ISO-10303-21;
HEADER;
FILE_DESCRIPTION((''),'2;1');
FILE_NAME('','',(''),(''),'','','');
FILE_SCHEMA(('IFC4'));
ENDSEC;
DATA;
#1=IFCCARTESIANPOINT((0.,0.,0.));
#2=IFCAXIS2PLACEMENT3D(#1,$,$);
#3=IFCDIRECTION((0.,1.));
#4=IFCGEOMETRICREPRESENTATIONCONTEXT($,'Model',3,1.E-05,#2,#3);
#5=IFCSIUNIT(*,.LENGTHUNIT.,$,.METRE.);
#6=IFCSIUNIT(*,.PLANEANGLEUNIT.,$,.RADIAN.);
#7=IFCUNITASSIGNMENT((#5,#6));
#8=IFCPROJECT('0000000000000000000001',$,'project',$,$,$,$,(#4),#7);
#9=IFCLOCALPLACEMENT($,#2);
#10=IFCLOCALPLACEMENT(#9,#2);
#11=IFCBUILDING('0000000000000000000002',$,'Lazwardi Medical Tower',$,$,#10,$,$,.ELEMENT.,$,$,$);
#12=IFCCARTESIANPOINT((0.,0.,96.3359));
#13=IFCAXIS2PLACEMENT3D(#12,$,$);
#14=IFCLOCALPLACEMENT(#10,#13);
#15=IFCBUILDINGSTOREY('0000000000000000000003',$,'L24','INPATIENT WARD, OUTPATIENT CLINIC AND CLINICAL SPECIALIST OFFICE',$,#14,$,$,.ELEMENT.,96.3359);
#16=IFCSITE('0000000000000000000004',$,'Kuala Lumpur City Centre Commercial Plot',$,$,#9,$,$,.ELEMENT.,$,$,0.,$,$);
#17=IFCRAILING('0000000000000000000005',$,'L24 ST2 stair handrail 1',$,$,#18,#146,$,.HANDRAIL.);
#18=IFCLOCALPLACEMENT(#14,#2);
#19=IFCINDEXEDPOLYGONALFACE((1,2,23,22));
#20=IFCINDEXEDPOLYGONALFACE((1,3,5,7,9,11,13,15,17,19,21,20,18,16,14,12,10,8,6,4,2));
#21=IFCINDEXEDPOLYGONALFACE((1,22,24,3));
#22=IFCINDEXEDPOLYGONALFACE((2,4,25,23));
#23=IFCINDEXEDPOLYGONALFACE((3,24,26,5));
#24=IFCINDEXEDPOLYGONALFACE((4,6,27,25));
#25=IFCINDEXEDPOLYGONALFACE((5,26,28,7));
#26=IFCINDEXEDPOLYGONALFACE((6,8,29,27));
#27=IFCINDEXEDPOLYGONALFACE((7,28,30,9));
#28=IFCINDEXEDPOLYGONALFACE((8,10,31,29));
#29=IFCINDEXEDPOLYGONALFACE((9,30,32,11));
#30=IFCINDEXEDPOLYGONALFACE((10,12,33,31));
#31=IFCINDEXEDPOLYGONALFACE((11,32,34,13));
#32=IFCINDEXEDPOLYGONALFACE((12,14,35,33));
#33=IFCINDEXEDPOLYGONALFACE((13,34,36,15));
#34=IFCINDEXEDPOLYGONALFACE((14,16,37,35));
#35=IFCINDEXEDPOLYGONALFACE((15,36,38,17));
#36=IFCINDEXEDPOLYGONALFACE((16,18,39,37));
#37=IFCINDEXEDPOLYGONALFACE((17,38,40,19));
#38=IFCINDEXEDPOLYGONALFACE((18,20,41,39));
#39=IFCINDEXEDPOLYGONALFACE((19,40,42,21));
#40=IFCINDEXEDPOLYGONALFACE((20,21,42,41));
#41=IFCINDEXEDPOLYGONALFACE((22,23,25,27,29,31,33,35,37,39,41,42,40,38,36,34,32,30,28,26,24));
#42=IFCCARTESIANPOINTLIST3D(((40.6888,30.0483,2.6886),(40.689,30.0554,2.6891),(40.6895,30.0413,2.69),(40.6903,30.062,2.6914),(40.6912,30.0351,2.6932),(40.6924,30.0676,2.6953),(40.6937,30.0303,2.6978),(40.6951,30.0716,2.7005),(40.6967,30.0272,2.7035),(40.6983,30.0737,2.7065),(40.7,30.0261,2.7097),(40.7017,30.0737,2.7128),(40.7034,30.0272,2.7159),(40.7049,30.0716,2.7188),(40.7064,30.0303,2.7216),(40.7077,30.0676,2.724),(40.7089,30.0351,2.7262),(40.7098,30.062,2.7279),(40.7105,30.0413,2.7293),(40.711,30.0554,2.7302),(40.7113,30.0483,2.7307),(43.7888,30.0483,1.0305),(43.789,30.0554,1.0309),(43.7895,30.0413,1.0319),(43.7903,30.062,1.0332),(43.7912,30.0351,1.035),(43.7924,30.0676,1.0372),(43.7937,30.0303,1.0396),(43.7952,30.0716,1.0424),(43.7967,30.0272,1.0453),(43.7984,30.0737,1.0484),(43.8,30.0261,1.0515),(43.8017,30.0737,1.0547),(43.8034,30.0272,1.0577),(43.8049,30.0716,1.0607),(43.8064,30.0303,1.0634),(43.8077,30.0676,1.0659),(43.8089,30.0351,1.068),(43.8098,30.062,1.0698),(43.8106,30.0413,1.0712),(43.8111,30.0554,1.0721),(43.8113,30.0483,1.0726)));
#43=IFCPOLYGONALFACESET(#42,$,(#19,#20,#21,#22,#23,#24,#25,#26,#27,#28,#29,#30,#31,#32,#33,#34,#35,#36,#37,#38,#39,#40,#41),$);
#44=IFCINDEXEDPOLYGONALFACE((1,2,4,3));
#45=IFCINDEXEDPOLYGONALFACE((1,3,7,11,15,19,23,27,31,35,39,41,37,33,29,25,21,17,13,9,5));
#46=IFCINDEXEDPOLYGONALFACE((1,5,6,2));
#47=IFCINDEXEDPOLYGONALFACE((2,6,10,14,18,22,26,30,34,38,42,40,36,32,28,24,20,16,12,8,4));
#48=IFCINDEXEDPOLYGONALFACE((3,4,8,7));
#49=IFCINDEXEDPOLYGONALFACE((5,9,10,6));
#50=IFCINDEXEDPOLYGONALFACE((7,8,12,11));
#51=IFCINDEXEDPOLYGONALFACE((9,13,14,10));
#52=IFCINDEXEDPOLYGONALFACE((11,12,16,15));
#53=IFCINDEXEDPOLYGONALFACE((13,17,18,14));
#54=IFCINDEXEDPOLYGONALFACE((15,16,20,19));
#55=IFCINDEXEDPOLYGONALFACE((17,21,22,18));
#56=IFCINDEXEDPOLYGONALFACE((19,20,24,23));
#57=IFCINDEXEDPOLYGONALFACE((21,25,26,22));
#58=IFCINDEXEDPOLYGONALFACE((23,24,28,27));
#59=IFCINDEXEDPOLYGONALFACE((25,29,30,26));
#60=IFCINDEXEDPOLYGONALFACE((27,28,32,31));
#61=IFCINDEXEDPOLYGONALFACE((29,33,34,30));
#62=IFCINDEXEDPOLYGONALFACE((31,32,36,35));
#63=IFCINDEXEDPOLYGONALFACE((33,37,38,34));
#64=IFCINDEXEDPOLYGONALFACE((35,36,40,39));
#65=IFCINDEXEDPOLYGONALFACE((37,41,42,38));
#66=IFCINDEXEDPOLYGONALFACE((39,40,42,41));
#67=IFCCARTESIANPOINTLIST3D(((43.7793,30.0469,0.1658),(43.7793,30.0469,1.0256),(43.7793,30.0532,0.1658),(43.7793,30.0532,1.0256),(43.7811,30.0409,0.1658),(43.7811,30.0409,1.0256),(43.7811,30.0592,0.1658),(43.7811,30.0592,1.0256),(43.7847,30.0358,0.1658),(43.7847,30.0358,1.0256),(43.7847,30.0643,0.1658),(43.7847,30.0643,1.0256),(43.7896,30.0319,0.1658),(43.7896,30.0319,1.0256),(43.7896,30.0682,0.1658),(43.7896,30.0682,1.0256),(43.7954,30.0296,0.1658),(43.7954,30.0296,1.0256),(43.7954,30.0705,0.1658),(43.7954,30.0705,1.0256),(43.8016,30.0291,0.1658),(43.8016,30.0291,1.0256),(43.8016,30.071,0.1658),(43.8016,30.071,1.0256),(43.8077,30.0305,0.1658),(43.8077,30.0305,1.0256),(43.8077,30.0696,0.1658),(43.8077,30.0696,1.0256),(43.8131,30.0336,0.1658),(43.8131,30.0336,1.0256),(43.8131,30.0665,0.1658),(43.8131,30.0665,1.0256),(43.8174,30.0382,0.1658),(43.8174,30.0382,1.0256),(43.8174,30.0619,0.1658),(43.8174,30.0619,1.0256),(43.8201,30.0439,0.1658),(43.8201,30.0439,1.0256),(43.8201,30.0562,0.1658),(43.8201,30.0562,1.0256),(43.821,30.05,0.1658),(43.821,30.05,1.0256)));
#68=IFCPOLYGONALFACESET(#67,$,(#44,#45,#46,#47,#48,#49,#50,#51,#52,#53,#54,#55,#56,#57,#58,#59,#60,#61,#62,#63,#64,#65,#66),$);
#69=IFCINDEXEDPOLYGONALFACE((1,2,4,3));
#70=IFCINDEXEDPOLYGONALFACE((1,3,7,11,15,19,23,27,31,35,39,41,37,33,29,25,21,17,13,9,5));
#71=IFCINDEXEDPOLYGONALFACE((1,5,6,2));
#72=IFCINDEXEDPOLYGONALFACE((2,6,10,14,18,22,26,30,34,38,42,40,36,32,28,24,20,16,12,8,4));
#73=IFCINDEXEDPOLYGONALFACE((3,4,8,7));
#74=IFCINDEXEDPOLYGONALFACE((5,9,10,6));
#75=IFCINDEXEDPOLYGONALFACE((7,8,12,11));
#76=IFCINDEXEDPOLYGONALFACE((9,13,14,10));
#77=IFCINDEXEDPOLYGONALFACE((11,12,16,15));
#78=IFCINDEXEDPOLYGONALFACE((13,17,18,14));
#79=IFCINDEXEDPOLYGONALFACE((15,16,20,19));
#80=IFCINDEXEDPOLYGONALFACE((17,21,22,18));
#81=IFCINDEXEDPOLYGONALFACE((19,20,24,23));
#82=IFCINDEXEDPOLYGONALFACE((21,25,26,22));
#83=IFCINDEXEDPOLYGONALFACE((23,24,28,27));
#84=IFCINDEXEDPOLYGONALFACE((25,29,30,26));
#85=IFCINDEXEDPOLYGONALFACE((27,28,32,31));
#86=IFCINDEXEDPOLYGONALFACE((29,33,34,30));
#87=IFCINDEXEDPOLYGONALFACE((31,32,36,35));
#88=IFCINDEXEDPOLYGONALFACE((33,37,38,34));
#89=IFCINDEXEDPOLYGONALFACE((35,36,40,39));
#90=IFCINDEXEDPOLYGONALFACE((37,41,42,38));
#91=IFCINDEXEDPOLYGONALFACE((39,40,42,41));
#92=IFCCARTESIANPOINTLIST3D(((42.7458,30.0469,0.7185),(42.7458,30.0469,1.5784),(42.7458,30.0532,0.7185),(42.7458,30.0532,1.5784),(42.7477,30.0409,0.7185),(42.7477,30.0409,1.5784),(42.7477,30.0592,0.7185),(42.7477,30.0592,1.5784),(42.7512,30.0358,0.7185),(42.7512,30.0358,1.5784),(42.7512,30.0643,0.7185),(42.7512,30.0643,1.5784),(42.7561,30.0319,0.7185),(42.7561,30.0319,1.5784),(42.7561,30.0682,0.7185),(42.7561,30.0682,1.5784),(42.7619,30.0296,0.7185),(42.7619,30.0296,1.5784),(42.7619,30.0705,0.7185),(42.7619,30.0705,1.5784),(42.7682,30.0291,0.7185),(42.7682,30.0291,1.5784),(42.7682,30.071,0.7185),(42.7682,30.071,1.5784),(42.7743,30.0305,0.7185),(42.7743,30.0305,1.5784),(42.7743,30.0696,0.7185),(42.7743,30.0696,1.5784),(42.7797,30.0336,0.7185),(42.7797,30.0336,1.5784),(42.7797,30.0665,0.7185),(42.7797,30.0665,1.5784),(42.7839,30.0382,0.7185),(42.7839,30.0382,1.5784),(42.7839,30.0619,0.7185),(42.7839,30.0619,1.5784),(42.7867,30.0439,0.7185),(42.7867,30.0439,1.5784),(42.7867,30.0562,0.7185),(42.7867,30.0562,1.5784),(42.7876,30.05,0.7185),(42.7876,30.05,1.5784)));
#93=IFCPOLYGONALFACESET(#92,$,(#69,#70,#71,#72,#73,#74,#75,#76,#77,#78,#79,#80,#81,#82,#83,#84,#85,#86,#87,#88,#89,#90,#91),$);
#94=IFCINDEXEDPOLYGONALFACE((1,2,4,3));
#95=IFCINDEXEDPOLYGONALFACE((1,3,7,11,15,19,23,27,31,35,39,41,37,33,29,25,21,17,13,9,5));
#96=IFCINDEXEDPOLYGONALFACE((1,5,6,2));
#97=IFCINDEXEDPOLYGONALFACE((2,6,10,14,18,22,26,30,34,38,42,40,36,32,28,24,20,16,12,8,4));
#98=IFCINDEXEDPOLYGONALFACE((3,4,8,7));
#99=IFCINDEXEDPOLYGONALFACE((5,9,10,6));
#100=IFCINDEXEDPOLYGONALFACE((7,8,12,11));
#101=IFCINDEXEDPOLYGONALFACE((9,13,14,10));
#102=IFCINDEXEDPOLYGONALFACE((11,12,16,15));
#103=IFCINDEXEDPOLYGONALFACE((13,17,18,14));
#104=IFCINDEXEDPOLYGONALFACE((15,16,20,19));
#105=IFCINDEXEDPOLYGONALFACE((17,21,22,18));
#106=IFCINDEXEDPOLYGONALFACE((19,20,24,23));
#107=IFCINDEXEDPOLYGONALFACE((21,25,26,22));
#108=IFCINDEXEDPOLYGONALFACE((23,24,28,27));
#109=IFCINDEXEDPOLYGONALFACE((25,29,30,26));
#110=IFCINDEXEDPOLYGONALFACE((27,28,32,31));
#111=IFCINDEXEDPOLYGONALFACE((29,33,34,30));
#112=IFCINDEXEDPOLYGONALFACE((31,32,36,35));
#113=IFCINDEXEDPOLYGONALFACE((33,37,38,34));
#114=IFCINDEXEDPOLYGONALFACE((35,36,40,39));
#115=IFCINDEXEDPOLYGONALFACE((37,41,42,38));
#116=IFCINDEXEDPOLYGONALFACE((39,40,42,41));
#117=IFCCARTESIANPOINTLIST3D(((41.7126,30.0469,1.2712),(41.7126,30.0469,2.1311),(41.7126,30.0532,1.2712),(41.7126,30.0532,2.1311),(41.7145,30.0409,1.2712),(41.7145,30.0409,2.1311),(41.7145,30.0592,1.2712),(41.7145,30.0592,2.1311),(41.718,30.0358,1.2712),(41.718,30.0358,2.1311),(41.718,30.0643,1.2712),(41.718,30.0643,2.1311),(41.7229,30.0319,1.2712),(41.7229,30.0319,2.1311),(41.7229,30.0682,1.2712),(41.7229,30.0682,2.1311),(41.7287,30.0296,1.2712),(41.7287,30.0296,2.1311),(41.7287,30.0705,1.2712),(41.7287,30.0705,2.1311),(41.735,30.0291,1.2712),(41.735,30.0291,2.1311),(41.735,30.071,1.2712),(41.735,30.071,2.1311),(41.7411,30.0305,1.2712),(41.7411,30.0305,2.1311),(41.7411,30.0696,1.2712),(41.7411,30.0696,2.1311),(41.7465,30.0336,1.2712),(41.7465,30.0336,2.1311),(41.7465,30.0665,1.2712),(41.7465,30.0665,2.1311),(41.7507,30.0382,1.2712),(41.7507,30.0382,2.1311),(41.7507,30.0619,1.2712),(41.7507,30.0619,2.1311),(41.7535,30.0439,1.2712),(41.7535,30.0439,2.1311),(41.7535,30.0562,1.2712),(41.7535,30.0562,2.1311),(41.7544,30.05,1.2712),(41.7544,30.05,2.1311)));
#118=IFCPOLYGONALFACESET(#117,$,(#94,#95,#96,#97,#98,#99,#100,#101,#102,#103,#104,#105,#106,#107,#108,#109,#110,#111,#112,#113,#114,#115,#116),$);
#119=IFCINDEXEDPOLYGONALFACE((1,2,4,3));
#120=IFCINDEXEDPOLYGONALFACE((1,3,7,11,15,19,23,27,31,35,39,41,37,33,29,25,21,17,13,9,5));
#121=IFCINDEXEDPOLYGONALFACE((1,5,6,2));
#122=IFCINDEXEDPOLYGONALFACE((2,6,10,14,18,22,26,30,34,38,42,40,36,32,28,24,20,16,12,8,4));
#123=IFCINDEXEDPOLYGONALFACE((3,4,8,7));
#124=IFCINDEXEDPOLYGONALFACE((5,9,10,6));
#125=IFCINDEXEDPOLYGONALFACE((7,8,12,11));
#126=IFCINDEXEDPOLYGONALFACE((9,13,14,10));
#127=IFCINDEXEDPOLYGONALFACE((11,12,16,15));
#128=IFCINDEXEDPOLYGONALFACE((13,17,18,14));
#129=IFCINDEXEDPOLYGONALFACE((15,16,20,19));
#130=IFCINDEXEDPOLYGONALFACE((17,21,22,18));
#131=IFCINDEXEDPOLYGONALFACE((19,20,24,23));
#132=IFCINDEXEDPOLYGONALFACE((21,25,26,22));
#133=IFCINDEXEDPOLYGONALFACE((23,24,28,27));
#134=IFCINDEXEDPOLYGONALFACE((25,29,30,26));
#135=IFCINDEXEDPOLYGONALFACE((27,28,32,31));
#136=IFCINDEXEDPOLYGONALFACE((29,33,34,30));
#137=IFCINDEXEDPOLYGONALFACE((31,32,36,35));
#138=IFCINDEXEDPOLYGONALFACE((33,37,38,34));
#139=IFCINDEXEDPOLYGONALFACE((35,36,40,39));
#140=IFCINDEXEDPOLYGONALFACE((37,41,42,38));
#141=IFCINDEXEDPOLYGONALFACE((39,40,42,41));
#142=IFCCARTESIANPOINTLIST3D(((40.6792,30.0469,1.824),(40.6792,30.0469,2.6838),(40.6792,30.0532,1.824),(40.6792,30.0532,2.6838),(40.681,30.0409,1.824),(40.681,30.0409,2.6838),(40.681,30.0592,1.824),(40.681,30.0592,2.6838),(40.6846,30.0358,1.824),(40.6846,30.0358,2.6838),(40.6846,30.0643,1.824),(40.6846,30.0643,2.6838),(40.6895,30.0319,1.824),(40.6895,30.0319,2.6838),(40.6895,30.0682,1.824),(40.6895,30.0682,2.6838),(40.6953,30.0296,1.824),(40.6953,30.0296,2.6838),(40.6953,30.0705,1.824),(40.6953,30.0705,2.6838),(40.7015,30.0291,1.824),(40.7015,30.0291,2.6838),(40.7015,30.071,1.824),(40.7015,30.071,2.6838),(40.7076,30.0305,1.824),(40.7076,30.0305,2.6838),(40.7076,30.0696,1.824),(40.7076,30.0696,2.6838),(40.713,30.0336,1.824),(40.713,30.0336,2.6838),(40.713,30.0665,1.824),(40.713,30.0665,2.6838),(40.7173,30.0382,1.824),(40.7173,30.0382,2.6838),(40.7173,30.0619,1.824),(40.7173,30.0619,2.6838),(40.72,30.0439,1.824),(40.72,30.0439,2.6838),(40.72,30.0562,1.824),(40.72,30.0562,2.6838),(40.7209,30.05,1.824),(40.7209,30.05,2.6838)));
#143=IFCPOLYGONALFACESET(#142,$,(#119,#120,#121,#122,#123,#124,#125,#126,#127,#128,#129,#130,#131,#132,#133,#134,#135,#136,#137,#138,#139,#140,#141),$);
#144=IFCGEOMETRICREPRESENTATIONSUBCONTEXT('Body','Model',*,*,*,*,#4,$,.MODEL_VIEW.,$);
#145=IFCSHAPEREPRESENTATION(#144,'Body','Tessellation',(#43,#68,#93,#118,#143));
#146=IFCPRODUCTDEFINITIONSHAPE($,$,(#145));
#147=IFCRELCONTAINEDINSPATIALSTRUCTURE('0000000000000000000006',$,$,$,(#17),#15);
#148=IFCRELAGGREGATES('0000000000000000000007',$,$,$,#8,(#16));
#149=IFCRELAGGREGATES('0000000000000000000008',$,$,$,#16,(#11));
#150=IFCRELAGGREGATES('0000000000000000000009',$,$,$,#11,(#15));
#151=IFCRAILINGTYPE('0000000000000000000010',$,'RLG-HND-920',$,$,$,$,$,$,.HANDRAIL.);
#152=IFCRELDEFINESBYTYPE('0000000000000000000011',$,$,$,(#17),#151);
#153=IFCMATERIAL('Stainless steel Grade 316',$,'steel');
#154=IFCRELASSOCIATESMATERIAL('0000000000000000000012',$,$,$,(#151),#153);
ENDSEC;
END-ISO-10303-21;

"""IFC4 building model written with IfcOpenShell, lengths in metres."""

from ifc_helpers import new_model, si_unit, direction, frame, origin, origin_2d, place, context, subcontext, project, spatial, circle, extrude, material, type_object, element, save


model = new_model("IFC4")

# Units and contexts
model_context = context("Model", 3, precision=1e-05, world=origin(), true_north=direction((0.0, 1.0)))
body_context = subcontext(model_context, "Body", "Model", "MODEL_VIEW")
ifc_project = project(units=[si_unit("LENGTHUNIT", "METRE"), si_unit("PLANEANGLEUNIT", "RADIAN")], contexts=[model_context])

# Site, building, storey
site_placement = place(None, origin())
site = spatial("IfcSite", under=ifc_project, at=site_placement, Name="Kuala Lumpur City Centre Commercial Plot", CompositionType="ELEMENT", RefElevation=0.0)
building_placement = place(site_placement, origin())
building = spatial("IfcBuilding", under=site, at=building_placement, Name="Lazwardi Medical Tower", CompositionType="ELEMENT")
storey_placement = place(building_placement, frame((0.0, 0.0, 96.3359)))
storey = spatial("IfcBuildingStorey", under=building, at=storey_placement, Name="L24", Description="INPATIENT WARD, OUTPATIENT CLINIC AND CLINICAL SPECIALIST OFFICE", CompositionType="ELEMENT", Elevation=96.3359)

# Railing
ifc_material_1 = material(Name="Stainless steel Grade 316", Category="steel")
railing_type_1 = type_object("IfcRailingType", Name="RLG-HND-920", PredefinedType="HANDRAIL", material=ifc_material_1)
railing_1_placement = place(storey_placement, frame((43.8, 30.05, 0.1658)))
element("IfcRailing", 1, at=railing_1_placement, inside=storey, type_object=railing_type_1, Name="L24 ST2 stair handrail 1", PredefinedType="HANDRAIL", context=body_context, shape_type="SweptSolid", body=[
    extrude(circle(Radius=0.0239, at=origin_2d()), frame((0.0, 0.0, 0.8857), z_axis=(-0.881783, 0.0, 0.471655), x_axis=(0.0, -1.0, 0.0)), (0.0, 0.0, 1.0), 3.5156),
    extrude(circle(Radius=0.021, at=origin_2d()), origin(), (0.0, 0.0, 1.0), 0.8599),
    extrude(circle(Radius=0.021, at=origin_2d()), frame((-1.0334, 0.0, 0.5527)), (0.0, 0.0, 1.0), 0.8599),
    extrude(circle(Radius=0.021, at=origin_2d()), frame((-2.0667, 0.0, 1.1055)), (0.0, 0.0, 1.0), 0.8599),
    extrude(circle(Radius=0.021, at=origin_2d()), frame((-3.1001, 0.0, 1.6582)), (0.0, 0.0, 1.0), 0.8599),
])

save(model, "model.ifc")
